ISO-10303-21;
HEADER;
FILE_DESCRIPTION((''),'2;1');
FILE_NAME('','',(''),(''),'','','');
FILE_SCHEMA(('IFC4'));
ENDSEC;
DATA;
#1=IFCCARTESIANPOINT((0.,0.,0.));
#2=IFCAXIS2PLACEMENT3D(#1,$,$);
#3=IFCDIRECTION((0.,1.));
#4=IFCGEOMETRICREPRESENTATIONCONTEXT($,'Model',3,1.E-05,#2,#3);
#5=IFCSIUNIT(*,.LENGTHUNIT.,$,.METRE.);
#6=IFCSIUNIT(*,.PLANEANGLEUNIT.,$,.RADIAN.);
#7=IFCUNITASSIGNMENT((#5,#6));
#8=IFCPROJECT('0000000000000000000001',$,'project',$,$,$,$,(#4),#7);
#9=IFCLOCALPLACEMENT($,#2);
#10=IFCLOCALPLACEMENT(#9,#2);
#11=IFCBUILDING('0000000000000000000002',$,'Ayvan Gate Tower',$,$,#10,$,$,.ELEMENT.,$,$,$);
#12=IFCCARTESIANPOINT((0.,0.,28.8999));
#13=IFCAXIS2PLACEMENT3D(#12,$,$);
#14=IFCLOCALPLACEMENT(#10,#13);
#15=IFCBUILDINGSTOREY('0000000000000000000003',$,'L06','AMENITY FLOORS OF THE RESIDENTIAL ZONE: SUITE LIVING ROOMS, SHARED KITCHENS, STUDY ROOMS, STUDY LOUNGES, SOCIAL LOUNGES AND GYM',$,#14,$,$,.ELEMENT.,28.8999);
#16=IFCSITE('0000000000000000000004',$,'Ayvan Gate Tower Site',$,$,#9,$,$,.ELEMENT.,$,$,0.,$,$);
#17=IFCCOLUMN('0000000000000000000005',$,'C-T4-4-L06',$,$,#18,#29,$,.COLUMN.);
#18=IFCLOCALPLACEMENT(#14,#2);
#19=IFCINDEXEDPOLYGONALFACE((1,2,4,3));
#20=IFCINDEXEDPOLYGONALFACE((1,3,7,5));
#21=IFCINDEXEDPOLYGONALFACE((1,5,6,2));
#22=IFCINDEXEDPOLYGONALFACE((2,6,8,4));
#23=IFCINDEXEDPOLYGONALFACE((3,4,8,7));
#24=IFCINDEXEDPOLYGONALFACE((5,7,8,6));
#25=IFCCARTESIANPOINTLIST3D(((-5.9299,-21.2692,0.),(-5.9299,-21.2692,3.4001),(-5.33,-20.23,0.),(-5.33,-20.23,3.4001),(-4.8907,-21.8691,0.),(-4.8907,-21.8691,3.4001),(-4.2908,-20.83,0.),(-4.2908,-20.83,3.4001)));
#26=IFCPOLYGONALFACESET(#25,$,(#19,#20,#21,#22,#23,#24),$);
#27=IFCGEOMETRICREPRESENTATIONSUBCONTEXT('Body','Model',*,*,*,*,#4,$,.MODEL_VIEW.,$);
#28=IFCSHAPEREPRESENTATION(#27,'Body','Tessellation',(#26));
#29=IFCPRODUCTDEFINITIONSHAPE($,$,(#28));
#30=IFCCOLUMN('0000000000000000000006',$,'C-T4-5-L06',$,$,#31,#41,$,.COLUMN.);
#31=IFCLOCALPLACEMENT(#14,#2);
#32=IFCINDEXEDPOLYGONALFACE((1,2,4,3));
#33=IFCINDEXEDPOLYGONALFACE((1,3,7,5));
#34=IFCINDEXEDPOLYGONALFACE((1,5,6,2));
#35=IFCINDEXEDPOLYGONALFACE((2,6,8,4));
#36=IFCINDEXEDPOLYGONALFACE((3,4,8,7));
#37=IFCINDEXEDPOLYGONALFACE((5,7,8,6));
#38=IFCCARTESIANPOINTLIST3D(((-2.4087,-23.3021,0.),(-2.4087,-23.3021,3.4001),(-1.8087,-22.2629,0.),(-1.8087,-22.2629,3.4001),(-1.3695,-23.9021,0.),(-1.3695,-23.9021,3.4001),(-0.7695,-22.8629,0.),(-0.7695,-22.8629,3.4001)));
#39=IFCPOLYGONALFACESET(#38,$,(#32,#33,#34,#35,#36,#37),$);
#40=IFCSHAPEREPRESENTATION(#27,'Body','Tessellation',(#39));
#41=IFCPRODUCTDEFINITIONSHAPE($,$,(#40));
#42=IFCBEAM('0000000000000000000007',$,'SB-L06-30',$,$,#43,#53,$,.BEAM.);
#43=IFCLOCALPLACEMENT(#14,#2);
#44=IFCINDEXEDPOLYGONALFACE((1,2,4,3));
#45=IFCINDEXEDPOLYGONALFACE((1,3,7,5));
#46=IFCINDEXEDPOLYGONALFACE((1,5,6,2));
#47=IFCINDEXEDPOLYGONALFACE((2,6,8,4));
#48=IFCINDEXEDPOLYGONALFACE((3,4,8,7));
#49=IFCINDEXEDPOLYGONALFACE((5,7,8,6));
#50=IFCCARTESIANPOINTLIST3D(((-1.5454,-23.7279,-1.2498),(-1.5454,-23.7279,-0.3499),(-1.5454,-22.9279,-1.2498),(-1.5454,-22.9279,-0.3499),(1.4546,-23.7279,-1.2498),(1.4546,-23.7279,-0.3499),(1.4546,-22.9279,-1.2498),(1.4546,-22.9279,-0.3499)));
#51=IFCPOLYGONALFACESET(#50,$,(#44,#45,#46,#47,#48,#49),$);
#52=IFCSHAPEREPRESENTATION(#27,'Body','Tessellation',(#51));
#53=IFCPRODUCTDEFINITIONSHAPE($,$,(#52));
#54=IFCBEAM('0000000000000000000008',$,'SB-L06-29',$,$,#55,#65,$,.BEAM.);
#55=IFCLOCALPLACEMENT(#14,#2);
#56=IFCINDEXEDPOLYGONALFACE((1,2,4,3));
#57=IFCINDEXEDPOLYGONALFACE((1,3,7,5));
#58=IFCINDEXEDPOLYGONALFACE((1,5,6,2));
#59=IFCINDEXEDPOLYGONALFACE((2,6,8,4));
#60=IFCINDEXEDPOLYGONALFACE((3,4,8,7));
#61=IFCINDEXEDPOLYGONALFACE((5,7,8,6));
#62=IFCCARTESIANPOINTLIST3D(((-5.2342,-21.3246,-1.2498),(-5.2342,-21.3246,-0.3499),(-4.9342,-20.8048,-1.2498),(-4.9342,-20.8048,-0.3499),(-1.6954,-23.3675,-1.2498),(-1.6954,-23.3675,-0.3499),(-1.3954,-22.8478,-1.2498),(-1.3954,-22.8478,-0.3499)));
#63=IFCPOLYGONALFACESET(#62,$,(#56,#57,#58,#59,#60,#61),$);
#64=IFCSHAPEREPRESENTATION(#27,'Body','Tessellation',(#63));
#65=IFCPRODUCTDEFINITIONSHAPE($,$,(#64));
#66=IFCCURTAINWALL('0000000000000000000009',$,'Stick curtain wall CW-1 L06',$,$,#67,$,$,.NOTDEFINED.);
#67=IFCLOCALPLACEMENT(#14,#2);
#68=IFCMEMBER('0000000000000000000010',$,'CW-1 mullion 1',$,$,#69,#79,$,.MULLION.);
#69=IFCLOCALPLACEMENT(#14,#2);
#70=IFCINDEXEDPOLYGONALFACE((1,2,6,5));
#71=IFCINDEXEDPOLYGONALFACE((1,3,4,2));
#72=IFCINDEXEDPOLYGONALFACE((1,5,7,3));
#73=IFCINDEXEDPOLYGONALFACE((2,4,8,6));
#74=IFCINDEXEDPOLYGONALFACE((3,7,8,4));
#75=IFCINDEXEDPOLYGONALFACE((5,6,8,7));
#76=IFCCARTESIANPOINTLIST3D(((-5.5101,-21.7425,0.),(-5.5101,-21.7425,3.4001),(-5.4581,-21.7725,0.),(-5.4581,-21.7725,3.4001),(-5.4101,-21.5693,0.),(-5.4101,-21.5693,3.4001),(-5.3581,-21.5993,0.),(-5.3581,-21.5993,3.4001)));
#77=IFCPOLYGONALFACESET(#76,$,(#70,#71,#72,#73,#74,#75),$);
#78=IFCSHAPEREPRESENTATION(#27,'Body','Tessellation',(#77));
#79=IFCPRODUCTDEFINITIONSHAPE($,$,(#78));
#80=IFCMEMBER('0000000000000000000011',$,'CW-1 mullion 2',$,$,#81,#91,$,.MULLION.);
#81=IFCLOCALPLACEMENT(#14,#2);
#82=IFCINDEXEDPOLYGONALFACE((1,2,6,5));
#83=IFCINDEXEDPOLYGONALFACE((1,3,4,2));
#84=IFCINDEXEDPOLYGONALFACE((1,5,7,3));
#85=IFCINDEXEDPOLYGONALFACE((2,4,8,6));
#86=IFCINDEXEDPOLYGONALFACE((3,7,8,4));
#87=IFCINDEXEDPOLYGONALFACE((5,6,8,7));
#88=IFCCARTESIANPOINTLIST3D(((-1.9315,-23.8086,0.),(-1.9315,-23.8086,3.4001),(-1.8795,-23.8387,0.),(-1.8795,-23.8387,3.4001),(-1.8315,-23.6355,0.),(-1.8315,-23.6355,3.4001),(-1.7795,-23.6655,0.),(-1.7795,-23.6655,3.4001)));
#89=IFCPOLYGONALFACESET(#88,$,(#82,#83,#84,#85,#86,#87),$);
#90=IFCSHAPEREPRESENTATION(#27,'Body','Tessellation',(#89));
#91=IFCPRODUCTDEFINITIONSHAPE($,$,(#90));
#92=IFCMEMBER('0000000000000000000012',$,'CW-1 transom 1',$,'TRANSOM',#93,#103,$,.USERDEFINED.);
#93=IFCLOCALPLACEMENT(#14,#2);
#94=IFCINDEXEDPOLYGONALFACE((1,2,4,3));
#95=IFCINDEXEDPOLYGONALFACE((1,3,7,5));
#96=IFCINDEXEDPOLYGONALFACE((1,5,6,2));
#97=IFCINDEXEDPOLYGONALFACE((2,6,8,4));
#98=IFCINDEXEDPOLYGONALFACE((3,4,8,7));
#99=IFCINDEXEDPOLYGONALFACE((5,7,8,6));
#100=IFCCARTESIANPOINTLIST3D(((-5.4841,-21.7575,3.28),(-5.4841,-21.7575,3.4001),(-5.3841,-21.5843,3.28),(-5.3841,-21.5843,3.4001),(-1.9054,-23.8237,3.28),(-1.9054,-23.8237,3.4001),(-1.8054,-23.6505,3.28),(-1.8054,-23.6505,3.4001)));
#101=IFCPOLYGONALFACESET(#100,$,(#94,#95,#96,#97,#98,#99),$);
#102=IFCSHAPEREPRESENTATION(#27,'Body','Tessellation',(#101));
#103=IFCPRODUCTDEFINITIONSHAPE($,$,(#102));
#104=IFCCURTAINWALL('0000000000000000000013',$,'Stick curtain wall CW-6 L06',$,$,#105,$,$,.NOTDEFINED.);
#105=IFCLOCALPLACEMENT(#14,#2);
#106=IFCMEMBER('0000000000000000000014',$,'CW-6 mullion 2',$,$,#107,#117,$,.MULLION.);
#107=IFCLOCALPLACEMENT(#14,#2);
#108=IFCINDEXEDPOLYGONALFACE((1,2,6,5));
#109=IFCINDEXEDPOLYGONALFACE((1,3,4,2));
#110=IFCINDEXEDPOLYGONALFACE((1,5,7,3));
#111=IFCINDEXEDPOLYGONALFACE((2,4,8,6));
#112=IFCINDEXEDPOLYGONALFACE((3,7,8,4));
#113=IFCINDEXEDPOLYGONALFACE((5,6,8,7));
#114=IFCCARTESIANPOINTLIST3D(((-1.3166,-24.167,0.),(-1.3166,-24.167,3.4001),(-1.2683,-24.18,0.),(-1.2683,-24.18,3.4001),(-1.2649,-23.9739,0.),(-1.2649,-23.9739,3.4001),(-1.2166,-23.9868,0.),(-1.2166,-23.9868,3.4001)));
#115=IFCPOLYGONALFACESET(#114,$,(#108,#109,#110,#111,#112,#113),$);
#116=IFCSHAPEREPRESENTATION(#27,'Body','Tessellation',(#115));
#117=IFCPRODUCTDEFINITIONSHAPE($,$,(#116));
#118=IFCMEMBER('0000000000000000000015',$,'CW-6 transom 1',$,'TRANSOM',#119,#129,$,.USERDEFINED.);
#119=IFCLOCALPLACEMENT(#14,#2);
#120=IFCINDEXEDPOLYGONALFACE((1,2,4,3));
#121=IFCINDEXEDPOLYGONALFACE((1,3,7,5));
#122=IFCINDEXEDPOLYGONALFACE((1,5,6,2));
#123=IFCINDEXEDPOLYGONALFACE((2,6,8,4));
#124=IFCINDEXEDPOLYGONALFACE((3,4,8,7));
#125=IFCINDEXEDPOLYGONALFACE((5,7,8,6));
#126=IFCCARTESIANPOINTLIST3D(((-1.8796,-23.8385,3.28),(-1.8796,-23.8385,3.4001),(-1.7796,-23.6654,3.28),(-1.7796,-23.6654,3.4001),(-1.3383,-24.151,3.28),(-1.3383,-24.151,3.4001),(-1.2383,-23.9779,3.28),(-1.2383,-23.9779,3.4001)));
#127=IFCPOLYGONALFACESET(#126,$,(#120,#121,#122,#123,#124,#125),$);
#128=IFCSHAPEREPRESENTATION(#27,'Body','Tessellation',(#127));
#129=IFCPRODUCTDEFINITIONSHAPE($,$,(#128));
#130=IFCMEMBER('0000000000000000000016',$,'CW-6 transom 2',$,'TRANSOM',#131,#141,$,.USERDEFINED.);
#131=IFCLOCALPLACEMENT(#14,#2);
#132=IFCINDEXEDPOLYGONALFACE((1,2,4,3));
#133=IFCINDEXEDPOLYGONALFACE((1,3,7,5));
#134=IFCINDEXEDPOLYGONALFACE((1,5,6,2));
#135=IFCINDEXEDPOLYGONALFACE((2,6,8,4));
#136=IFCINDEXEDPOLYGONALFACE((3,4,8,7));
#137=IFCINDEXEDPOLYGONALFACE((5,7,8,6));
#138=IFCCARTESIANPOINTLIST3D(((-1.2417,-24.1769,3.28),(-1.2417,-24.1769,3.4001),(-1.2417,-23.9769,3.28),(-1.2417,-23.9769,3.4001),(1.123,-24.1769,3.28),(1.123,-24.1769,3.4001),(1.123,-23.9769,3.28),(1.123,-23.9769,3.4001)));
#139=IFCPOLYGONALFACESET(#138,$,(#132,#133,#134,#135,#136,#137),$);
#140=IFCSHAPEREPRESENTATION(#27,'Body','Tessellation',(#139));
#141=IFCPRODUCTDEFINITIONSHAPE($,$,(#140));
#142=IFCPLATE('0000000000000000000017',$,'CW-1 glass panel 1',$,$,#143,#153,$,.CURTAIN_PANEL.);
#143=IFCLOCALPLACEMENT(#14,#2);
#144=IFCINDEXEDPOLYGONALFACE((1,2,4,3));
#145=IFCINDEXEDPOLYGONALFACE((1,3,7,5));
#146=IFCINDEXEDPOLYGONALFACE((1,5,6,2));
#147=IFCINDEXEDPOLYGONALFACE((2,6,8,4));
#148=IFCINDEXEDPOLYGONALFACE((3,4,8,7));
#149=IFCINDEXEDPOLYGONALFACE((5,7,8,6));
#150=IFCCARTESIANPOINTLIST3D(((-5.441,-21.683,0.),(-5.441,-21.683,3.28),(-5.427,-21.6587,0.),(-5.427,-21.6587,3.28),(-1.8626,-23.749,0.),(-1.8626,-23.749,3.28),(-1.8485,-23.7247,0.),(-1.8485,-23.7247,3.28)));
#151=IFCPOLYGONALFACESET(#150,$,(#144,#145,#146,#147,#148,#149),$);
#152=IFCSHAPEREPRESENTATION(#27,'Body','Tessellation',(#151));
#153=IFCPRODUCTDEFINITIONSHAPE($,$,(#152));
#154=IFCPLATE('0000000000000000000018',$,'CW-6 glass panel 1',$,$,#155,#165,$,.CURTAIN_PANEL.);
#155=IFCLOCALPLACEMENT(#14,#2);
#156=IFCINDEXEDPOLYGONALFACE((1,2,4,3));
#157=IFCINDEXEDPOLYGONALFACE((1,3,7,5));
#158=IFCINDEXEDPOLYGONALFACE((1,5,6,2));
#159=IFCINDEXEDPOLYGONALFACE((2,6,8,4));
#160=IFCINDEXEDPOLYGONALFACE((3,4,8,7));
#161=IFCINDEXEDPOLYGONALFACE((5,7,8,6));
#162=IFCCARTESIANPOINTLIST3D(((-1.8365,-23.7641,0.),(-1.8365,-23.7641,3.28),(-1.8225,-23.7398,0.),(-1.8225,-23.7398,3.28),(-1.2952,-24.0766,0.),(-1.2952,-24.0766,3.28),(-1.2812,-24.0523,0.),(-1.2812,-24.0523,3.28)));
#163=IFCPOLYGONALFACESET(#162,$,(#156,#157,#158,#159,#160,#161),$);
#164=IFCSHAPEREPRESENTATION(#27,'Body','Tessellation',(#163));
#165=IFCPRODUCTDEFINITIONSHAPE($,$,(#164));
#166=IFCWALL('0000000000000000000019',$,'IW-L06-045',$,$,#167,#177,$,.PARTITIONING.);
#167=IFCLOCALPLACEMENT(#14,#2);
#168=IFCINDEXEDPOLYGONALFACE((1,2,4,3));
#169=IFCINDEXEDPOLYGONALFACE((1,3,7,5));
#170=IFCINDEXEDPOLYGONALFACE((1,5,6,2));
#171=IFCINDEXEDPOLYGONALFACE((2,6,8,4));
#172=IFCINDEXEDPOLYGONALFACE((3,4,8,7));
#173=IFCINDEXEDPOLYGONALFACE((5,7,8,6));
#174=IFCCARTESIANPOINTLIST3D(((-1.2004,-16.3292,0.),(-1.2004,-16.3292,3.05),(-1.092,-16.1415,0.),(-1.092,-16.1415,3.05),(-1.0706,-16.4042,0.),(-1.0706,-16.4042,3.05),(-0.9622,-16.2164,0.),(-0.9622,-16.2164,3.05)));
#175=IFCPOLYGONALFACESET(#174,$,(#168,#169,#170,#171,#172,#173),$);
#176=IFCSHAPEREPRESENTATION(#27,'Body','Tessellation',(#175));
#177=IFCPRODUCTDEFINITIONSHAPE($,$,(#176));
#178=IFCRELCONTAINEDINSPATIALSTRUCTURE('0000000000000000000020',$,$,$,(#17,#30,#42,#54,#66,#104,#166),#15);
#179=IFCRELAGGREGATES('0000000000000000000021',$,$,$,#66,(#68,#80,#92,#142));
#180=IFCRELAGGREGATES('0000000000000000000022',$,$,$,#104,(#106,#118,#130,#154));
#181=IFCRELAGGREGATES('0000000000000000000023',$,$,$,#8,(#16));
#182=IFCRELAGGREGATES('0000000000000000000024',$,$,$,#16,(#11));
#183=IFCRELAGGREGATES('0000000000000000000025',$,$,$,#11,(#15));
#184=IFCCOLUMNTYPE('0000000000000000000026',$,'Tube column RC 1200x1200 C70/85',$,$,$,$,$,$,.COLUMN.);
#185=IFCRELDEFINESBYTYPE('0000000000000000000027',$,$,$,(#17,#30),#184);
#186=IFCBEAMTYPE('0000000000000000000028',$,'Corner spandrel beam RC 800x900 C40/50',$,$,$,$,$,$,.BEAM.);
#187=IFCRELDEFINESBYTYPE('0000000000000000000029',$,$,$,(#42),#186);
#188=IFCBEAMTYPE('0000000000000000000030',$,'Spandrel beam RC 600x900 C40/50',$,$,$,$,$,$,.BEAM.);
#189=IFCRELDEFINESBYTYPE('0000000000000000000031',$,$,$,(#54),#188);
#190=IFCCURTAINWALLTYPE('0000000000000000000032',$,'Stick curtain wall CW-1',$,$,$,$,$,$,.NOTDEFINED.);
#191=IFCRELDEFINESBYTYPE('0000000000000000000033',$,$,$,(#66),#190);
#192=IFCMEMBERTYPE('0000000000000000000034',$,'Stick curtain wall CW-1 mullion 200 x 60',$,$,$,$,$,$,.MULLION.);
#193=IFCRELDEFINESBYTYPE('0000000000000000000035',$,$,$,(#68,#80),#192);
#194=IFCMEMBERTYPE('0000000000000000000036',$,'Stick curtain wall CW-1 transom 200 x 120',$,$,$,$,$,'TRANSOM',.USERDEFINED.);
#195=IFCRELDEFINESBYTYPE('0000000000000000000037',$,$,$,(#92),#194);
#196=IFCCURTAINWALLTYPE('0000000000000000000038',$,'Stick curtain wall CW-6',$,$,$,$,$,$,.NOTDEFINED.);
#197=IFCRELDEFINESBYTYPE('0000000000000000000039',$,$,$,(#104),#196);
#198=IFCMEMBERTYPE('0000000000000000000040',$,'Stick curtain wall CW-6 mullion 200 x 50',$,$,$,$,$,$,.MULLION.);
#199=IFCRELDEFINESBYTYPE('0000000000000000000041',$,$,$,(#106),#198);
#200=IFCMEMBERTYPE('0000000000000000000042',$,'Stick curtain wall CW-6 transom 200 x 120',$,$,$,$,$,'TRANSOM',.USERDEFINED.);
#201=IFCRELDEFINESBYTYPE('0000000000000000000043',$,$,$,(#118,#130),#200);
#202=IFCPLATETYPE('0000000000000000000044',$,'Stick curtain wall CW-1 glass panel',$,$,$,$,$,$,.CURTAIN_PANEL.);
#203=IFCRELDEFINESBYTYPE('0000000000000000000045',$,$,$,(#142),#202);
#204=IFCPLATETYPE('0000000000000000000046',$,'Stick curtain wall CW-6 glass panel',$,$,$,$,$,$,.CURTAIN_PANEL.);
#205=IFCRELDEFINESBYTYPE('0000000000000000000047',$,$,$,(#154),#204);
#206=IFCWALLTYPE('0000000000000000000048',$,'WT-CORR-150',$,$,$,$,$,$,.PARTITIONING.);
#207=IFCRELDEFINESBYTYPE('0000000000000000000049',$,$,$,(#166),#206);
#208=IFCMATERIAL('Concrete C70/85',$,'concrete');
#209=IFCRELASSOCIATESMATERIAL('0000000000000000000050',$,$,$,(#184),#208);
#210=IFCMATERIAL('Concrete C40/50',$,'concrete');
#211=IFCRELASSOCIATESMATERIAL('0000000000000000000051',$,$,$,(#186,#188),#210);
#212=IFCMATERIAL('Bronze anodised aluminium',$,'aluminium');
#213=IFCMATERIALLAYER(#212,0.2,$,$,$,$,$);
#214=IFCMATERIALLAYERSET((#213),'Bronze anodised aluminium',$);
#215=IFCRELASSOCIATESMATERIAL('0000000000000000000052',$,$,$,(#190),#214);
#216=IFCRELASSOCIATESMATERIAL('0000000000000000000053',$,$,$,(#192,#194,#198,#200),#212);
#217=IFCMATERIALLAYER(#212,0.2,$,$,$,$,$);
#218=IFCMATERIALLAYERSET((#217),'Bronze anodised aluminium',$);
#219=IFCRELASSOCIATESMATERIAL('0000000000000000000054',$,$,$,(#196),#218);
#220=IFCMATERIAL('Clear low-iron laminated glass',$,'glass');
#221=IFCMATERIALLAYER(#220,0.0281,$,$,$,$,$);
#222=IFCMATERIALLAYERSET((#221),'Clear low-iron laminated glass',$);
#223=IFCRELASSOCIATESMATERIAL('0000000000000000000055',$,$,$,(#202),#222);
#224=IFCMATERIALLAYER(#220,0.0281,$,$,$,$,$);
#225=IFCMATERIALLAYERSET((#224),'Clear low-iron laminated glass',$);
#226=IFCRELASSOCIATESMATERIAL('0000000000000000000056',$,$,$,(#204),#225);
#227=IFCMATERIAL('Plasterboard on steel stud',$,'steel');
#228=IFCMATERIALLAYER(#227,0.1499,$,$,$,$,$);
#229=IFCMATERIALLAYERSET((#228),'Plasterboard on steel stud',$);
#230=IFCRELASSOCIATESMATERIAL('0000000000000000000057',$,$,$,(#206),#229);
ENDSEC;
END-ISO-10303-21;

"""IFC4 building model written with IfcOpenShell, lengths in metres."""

from ifc_helpers import new_model, si_unit, direction, frame, frame_2d, origin, origin_2d, place, context, subcontext, project, spatial, rectangle, extrude, material, layer, layer_set, material_profile, profile_set, type_object, element, aggregate, save


model = new_model("IFC4")

# Units and contexts
model_context = context("Model", 3, precision=1e-05, world=origin(), true_north=direction((0.0, 1.0)))
body_context = subcontext(model_context, "Body", "Model", "MODEL_VIEW")
ifc_project = project(units=[si_unit("LENGTHUNIT", "METRE"), si_unit("PLANEANGLEUNIT", "RADIAN")], contexts=[model_context])

# Site, building, storey
site_placement = place(None, origin())
site = spatial("IfcSite", under=ifc_project, at=site_placement, Name="Ayvan Gate Tower Site", CompositionType="ELEMENT", RefElevation=0.0)
building_placement = place(site_placement, origin())
building = spatial("IfcBuilding", under=site, at=building_placement, Name="Ayvan Gate Tower", CompositionType="ELEMENT")
storey_placement = place(building_placement, frame((0.0, 0.0, 28.8999)))
storey = spatial("IfcBuildingStorey", under=building, at=storey_placement, Name="L06", Description="AMENITY FLOORS OF THE RESIDENTIAL ZONE: SUITE LIVING ROOMS, SHARED KITCHENS, STUDY ROOMS, STUDY LOUNGES, SOCIAL LOUNGES AND GYM", CompositionType="ELEMENT", Elevation=28.8999)

# Columns
ifc_material_1 = material(Name="Concrete C70/85", Category="concrete")
ifc_material_profile_1 = material_profile(ifc_material_1, rectangle(XDim=1.2, YDim=1.2, at=origin_2d()), Name="RC 1200x1200")
ifc_profile_set_1 = profile_set([ifc_material_profile_1], Name="Concrete C70/85")
column_type = type_object("IfcColumnType", Name="Tube column RC 1200x1200 C70/85", PredefinedType="COLUMN", material=ifc_profile_set_1)
for number, where, z_axis, x_axis, name in (
    (1, (-5.1104, -21.0496, 0.0), (0.0, 0.0, 1.0), (-0.5, -0.866025, 0.0), "C-T4-4-L06"),
    (2, (-1.5891, -23.0825, 0.0), (0.0, 0.0, 1.0), (-0.5, -0.866025, 0.0), "C-T4-5-L06"),
):
    element("IfcColumn", number, at=place(storey_placement, frame(where, z_axis=z_axis, x_axis=x_axis)), inside=storey, type_object=column_type, Name=name, PredefinedType="COLUMN", context=body_context, shape_type="SweptSolid", body=[
        extrude(rectangle(XDim=1.2, YDim=1.2, at=origin_2d()), origin(), (0.0, 0.0, 1.0), 3.4001),
    ])

# Beams
ifc_material_2 = material(Name="Concrete C40/50", Category="concrete")
ifc_material_profile_2 = material_profile(ifc_material_2, rectangle(XDim=0.8, YDim=0.8999, at=origin_2d()), Name="RC 800x900")
ifc_profile_set_2 = profile_set([ifc_material_profile_2], Name="Concrete C40/50")
beam_type_1 = type_object("IfcBeamType", Name="Corner spandrel beam RC 800x900 C40/50", PredefinedType="BEAM", material=ifc_profile_set_2)
beam_1_placement = place(storey_placement, frame((-1.5454, -23.3279, -0.7998), z_axis=(1.0, 0.0, 0.0), x_axis=(0.0, 1.0, 0.0)))
element("IfcBeam", 3, at=beam_1_placement, inside=storey, type_object=beam_type_1, Name="SB-L06-30", PredefinedType="BEAM", context=body_context, shape_type="SweptSolid", body=[
    extrude(rectangle(XDim=0.8, YDim=0.8999, at=origin_2d()), origin(), (0.0, 0.0, 1.0), 3.0),
])
ifc_material_profile_3 = material_profile(ifc_material_2, rectangle(XDim=0.6001, YDim=0.8999, at=origin_2d()), Name="RC 600x900")
ifc_profile_set_3 = profile_set([ifc_material_profile_3], Name="Concrete C40/50")
beam_type_2 = type_object("IfcBeamType", Name="Spandrel beam RC 600x900 C40/50", PredefinedType="BEAM", material=ifc_profile_set_3)
beam_2_placement = place(storey_placement, frame((-5.0842, -21.0647, -0.7998), z_axis=(0.866043, -0.499969, 0.0), x_axis=(0.499969, 0.866043, 0.0)))
element("IfcBeam", 4, at=beam_2_placement, inside=storey, type_object=beam_type_2, Name="SB-L06-29", PredefinedType="BEAM", context=body_context, shape_type="SweptSolid", body=[
    extrude(rectangle(XDim=0.6001, YDim=0.8999, at=origin_2d()), origin(), (0.0, 0.0, 1.0), 4.0862),
])

# Curtain walls, members
ifc_material_3 = material(Name="Bronze anodised aluminium", Category="aluminium")
ifc_layer_1 = layer(ifc_material_3, 0.2)
ifc_layer_set_1 = layer_set([ifc_layer_1], Name="Bronze anodised aluminium")
curtain_wall_type_1 = type_object("IfcCurtainWallType", Name="Stick curtain wall CW-1", PredefinedType="NOTDEFINED", material=ifc_layer_set_1)
curtain_wall_1_placement = place(storey_placement, origin())
curtain_wall_1 = element("IfcCurtainWall", 5, at=curtain_wall_1_placement, inside=storey, type_object=curtain_wall_type_1, Name="Stick curtain wall CW-1 L06", PredefinedType="NOTDEFINED")
ifc_material_profile_4 = material_profile(ifc_material_3, rectangle(XDim=0.2, YDim=0.0601, at=origin_2d()), Name="Stick curtain wall CW-1 mullion 200 x 60")
ifc_profile_set_4 = profile_set([ifc_material_profile_4], Name="Bronze anodised aluminium")
member_type_1 = type_object("IfcMemberType", Name="Stick curtain wall CW-1 mullion 200 x 60", PredefinedType="MULLION", material=ifc_profile_set_4)
member_1_placement = place(storey_placement, frame((-5.4341, -21.6709, 0.0), z_axis=(0.0, 0.0, 1.0), x_axis=(-0.5, -0.866025, 0.0)))
member_1 = element("IfcMember", 6, at=member_1_placement, type_object=member_type_1, Name="CW-1 mullion 1", PredefinedType="MULLION", context=body_context, shape_type="SweptSolid", body=[
    extrude(rectangle(XDim=0.2, YDim=0.0601, at=origin_2d()), origin(), (0.0, 0.0, 1.0), 3.4001),
])
member_2_placement = place(storey_placement, frame((-1.8555, -23.7371, 0.0), z_axis=(0.0, 0.0, 1.0), x_axis=(-0.5, -0.866025, 0.0)))
member_2 = element("IfcMember", 7, at=member_2_placement, type_object=member_type_1, Name="CW-1 mullion 2", PredefinedType="MULLION", context=body_context, shape_type="SweptSolid", body=[
    extrude(rectangle(XDim=0.2, YDim=0.0601, at=origin_2d()), origin(), (0.0, 0.0, 1.0), 3.4001),
])
ifc_material_profile_5 = material_profile(ifc_material_3, rectangle(XDim=0.2, YDim=0.1201, at=origin_2d()), Name="Stick curtain wall CW-1 transom 200 x 120")
ifc_profile_set_5 = profile_set([ifc_material_profile_5], Name="Bronze anodised aluminium")
member_type_2 = type_object("IfcMemberType", Name="Stick curtain wall CW-1 transom 200 x 120", ElementType="TRANSOM", PredefinedType="USERDEFINED", material=ifc_profile_set_5)
member_3_placement = place(storey_placement, frame((-5.4341, -21.6709, 3.3401), z_axis=(0.86602, -0.500009, 0.0), x_axis=(0.500009, 0.86602, 0.0)))
member_3 = element("IfcMember", 8, at=member_3_placement, type_object=member_type_2, Name="CW-1 transom 1", ObjectType="TRANSOM", PredefinedType="USERDEFINED", context=body_context, shape_type="SweptSolid", body=[
    extrude(rectangle(XDim=0.2, YDim=0.1201, at=origin_2d()), origin(), (0.0, 0.0, 1.0), 4.1323),
])
ifc_layer_2 = layer(ifc_material_3, 0.2)
ifc_layer_set_2 = layer_set([ifc_layer_2], Name="Bronze anodised aluminium")
curtain_wall_type_2 = type_object("IfcCurtainWallType", Name="Stick curtain wall CW-6", PredefinedType="NOTDEFINED", material=ifc_layer_set_2)
curtain_wall_2_placement = place(storey_placement, origin())
curtain_wall_2 = element("IfcCurtainWall", 9, at=curtain_wall_2_placement, inside=storey, type_object=curtain_wall_type_2, Name="Stick curtain wall CW-6 L06", PredefinedType="NOTDEFINED")
ifc_material_profile_6 = material_profile(ifc_material_3, rectangle(XDim=0.2, YDim=0.05, at=origin_2d()), Name="Stick curtain wall CW-6 mullion 200 x 50")
ifc_profile_set_6 = profile_set([ifc_material_profile_6], Name="Bronze anodised aluminium")
member_type_3 = type_object("IfcMemberType", Name="Stick curtain wall CW-6 mullion 200 x 50", PredefinedType="MULLION", material=ifc_profile_set_6)
member_4_placement = place(storey_placement, frame((-1.2666, -24.0769, 0.0), z_axis=(0.0, 0.0, 1.0), x_axis=(-0.258819, -0.965926, 0.0)))
member_4 = element("IfcMember", 10, at=member_4_placement, type_object=member_type_3, Name="CW-6 mullion 2", PredefinedType="MULLION", context=body_context, shape_type="SweptSolid", body=[
    extrude(rectangle(XDim=0.2, YDim=0.05, at=origin_2d()), origin(), (0.0, 0.0, 1.0), 3.4001),
])
ifc_material_profile_7 = material_profile(ifc_material_3, rectangle(XDim=0.2, YDim=0.1201, at=origin_2d()), Name="Stick curtain wall CW-6 transom 200 x 120")
ifc_profile_set_7 = profile_set([ifc_material_profile_7], Name="Bronze anodised aluminium")
member_type_4 = type_object("IfcMemberType", Name="Stick curtain wall CW-6 transom 200 x 120", ElementType="TRANSOM", PredefinedType="USERDEFINED", material=ifc_profile_set_7)
member_5_placement = place(storey_placement, frame((-1.8296, -23.752, 3.3401), z_axis=(0.866023, -0.500004, 0.0), x_axis=(0.500004, 0.866023, 0.0)))
member_5 = element("IfcMember", 11, at=member_5_placement, type_object=member_type_4, Name="CW-6 transom 1", ObjectType="TRANSOM", PredefinedType="USERDEFINED", context=body_context, shape_type="SweptSolid", body=[
    extrude(rectangle(XDim=0.2, YDim=0.1201, at=origin_2d()), origin(), (0.0, 0.0, 1.0), 0.625),
])
member_6_placement = place(storey_placement, frame((-1.2417, -24.0769, 3.3401), z_axis=(1.0, 0.0, 0.0), x_axis=(0.0, 1.0, 0.0)))
member_6 = element("IfcMember", 12, at=member_6_placement, type_object=member_type_4, Name="CW-6 transom 2", ObjectType="TRANSOM", PredefinedType="USERDEFINED", context=body_context, shape_type="SweptSolid", body=[
    extrude(rectangle(XDim=0.2, YDim=0.1201, at=origin_2d()), origin(), (0.0, 0.0, 1.0), 2.3647),
])

# Plates
ifc_material_4 = material(Name="Clear low-iron laminated glass", Category="glass")
ifc_layer_3 = layer(ifc_material_4, 0.0281)
ifc_layer_set_3 = layer_set([ifc_layer_3], Name="Clear low-iron laminated glass")
plate_type_1 = type_object("IfcPlateType", Name="Stick curtain wall CW-1 glass panel", PredefinedType="CURTAIN_PANEL", material=ifc_layer_set_3)
plate_1_placement = place(storey_placement, frame((-3.6448, -22.7039, 0.0), z_axis=(0.0, 0.0, 1.0), x_axis=(0.866025, -0.5, 0.0)))
plate_1 = element("IfcPlate", 13, at=plate_1_placement, type_object=plate_type_1, Name="CW-1 glass panel 1", PredefinedType="CURTAIN_PANEL", context=body_context, shape_type="SweptSolid", body=[
    extrude(rectangle(XDim=4.1321, YDim=0.0281, at=origin_2d()), origin(), (0.0, 0.0, 1.0), 3.28),
])
aggregate(curtain_wall_1, [member_1, member_2, member_3, plate_1])
ifc_layer_4 = layer(ifc_material_4, 0.0281)
ifc_layer_set_4 = layer_set([ifc_layer_4], Name="Clear low-iron laminated glass")
plate_type_2 = type_object("IfcPlateType", Name="Stick curtain wall CW-6 glass panel", PredefinedType="CURTAIN_PANEL", material=ifc_layer_set_4)
plate_2_placement = place(storey_placement, frame((-1.5588, -23.9082, 0.0), z_axis=(0.0, 0.0, 1.0), x_axis=(0.866025, -0.5, 0.0)))
plate_2 = element("IfcPlate", 14, at=plate_2_placement, type_object=plate_type_2, Name="CW-6 glass panel 1", PredefinedType="CURTAIN_PANEL", context=body_context, shape_type="SweptSolid", body=[
    extrude(rectangle(XDim=0.625, YDim=0.0281, at=origin_2d()), origin(), (0.0, 0.0, 1.0), 3.28),
])
aggregate(curtain_wall_2, [member_4, member_5, member_6, plate_2])

# Wall
ifc_material_5 = material(Name="Plasterboard on steel stud", Category="steel")
ifc_layer_5 = layer(ifc_material_5, 0.1499)
ifc_layer_set_5 = layer_set([ifc_layer_5], Name="Plasterboard on steel stud")
wall_type_1 = type_object("IfcWallType", Name="WT-CORR-150", PredefinedType="PARTITIONING", material=ifc_layer_set_5)
wall_1_placement = place(storey_placement, frame((-1.1355, -16.3667, 0.0), z_axis=(0.0, 0.0, 1.0), x_axis=(0.500015, 0.866017, 0.0)))
element("IfcWall", 15, at=wall_1_placement, inside=storey, type_object=wall_type_1, Name="IW-L06-045", PredefinedType="PARTITIONING", context=body_context, shape_type="SweptSolid", body=[
    extrude(rectangle(XDim=0.2168, YDim=0.1499, at=frame_2d((0.1084, 0.0))), origin(), (0.0, 0.0, 1.0), 3.05),
])

save(model, "model.ifc")
